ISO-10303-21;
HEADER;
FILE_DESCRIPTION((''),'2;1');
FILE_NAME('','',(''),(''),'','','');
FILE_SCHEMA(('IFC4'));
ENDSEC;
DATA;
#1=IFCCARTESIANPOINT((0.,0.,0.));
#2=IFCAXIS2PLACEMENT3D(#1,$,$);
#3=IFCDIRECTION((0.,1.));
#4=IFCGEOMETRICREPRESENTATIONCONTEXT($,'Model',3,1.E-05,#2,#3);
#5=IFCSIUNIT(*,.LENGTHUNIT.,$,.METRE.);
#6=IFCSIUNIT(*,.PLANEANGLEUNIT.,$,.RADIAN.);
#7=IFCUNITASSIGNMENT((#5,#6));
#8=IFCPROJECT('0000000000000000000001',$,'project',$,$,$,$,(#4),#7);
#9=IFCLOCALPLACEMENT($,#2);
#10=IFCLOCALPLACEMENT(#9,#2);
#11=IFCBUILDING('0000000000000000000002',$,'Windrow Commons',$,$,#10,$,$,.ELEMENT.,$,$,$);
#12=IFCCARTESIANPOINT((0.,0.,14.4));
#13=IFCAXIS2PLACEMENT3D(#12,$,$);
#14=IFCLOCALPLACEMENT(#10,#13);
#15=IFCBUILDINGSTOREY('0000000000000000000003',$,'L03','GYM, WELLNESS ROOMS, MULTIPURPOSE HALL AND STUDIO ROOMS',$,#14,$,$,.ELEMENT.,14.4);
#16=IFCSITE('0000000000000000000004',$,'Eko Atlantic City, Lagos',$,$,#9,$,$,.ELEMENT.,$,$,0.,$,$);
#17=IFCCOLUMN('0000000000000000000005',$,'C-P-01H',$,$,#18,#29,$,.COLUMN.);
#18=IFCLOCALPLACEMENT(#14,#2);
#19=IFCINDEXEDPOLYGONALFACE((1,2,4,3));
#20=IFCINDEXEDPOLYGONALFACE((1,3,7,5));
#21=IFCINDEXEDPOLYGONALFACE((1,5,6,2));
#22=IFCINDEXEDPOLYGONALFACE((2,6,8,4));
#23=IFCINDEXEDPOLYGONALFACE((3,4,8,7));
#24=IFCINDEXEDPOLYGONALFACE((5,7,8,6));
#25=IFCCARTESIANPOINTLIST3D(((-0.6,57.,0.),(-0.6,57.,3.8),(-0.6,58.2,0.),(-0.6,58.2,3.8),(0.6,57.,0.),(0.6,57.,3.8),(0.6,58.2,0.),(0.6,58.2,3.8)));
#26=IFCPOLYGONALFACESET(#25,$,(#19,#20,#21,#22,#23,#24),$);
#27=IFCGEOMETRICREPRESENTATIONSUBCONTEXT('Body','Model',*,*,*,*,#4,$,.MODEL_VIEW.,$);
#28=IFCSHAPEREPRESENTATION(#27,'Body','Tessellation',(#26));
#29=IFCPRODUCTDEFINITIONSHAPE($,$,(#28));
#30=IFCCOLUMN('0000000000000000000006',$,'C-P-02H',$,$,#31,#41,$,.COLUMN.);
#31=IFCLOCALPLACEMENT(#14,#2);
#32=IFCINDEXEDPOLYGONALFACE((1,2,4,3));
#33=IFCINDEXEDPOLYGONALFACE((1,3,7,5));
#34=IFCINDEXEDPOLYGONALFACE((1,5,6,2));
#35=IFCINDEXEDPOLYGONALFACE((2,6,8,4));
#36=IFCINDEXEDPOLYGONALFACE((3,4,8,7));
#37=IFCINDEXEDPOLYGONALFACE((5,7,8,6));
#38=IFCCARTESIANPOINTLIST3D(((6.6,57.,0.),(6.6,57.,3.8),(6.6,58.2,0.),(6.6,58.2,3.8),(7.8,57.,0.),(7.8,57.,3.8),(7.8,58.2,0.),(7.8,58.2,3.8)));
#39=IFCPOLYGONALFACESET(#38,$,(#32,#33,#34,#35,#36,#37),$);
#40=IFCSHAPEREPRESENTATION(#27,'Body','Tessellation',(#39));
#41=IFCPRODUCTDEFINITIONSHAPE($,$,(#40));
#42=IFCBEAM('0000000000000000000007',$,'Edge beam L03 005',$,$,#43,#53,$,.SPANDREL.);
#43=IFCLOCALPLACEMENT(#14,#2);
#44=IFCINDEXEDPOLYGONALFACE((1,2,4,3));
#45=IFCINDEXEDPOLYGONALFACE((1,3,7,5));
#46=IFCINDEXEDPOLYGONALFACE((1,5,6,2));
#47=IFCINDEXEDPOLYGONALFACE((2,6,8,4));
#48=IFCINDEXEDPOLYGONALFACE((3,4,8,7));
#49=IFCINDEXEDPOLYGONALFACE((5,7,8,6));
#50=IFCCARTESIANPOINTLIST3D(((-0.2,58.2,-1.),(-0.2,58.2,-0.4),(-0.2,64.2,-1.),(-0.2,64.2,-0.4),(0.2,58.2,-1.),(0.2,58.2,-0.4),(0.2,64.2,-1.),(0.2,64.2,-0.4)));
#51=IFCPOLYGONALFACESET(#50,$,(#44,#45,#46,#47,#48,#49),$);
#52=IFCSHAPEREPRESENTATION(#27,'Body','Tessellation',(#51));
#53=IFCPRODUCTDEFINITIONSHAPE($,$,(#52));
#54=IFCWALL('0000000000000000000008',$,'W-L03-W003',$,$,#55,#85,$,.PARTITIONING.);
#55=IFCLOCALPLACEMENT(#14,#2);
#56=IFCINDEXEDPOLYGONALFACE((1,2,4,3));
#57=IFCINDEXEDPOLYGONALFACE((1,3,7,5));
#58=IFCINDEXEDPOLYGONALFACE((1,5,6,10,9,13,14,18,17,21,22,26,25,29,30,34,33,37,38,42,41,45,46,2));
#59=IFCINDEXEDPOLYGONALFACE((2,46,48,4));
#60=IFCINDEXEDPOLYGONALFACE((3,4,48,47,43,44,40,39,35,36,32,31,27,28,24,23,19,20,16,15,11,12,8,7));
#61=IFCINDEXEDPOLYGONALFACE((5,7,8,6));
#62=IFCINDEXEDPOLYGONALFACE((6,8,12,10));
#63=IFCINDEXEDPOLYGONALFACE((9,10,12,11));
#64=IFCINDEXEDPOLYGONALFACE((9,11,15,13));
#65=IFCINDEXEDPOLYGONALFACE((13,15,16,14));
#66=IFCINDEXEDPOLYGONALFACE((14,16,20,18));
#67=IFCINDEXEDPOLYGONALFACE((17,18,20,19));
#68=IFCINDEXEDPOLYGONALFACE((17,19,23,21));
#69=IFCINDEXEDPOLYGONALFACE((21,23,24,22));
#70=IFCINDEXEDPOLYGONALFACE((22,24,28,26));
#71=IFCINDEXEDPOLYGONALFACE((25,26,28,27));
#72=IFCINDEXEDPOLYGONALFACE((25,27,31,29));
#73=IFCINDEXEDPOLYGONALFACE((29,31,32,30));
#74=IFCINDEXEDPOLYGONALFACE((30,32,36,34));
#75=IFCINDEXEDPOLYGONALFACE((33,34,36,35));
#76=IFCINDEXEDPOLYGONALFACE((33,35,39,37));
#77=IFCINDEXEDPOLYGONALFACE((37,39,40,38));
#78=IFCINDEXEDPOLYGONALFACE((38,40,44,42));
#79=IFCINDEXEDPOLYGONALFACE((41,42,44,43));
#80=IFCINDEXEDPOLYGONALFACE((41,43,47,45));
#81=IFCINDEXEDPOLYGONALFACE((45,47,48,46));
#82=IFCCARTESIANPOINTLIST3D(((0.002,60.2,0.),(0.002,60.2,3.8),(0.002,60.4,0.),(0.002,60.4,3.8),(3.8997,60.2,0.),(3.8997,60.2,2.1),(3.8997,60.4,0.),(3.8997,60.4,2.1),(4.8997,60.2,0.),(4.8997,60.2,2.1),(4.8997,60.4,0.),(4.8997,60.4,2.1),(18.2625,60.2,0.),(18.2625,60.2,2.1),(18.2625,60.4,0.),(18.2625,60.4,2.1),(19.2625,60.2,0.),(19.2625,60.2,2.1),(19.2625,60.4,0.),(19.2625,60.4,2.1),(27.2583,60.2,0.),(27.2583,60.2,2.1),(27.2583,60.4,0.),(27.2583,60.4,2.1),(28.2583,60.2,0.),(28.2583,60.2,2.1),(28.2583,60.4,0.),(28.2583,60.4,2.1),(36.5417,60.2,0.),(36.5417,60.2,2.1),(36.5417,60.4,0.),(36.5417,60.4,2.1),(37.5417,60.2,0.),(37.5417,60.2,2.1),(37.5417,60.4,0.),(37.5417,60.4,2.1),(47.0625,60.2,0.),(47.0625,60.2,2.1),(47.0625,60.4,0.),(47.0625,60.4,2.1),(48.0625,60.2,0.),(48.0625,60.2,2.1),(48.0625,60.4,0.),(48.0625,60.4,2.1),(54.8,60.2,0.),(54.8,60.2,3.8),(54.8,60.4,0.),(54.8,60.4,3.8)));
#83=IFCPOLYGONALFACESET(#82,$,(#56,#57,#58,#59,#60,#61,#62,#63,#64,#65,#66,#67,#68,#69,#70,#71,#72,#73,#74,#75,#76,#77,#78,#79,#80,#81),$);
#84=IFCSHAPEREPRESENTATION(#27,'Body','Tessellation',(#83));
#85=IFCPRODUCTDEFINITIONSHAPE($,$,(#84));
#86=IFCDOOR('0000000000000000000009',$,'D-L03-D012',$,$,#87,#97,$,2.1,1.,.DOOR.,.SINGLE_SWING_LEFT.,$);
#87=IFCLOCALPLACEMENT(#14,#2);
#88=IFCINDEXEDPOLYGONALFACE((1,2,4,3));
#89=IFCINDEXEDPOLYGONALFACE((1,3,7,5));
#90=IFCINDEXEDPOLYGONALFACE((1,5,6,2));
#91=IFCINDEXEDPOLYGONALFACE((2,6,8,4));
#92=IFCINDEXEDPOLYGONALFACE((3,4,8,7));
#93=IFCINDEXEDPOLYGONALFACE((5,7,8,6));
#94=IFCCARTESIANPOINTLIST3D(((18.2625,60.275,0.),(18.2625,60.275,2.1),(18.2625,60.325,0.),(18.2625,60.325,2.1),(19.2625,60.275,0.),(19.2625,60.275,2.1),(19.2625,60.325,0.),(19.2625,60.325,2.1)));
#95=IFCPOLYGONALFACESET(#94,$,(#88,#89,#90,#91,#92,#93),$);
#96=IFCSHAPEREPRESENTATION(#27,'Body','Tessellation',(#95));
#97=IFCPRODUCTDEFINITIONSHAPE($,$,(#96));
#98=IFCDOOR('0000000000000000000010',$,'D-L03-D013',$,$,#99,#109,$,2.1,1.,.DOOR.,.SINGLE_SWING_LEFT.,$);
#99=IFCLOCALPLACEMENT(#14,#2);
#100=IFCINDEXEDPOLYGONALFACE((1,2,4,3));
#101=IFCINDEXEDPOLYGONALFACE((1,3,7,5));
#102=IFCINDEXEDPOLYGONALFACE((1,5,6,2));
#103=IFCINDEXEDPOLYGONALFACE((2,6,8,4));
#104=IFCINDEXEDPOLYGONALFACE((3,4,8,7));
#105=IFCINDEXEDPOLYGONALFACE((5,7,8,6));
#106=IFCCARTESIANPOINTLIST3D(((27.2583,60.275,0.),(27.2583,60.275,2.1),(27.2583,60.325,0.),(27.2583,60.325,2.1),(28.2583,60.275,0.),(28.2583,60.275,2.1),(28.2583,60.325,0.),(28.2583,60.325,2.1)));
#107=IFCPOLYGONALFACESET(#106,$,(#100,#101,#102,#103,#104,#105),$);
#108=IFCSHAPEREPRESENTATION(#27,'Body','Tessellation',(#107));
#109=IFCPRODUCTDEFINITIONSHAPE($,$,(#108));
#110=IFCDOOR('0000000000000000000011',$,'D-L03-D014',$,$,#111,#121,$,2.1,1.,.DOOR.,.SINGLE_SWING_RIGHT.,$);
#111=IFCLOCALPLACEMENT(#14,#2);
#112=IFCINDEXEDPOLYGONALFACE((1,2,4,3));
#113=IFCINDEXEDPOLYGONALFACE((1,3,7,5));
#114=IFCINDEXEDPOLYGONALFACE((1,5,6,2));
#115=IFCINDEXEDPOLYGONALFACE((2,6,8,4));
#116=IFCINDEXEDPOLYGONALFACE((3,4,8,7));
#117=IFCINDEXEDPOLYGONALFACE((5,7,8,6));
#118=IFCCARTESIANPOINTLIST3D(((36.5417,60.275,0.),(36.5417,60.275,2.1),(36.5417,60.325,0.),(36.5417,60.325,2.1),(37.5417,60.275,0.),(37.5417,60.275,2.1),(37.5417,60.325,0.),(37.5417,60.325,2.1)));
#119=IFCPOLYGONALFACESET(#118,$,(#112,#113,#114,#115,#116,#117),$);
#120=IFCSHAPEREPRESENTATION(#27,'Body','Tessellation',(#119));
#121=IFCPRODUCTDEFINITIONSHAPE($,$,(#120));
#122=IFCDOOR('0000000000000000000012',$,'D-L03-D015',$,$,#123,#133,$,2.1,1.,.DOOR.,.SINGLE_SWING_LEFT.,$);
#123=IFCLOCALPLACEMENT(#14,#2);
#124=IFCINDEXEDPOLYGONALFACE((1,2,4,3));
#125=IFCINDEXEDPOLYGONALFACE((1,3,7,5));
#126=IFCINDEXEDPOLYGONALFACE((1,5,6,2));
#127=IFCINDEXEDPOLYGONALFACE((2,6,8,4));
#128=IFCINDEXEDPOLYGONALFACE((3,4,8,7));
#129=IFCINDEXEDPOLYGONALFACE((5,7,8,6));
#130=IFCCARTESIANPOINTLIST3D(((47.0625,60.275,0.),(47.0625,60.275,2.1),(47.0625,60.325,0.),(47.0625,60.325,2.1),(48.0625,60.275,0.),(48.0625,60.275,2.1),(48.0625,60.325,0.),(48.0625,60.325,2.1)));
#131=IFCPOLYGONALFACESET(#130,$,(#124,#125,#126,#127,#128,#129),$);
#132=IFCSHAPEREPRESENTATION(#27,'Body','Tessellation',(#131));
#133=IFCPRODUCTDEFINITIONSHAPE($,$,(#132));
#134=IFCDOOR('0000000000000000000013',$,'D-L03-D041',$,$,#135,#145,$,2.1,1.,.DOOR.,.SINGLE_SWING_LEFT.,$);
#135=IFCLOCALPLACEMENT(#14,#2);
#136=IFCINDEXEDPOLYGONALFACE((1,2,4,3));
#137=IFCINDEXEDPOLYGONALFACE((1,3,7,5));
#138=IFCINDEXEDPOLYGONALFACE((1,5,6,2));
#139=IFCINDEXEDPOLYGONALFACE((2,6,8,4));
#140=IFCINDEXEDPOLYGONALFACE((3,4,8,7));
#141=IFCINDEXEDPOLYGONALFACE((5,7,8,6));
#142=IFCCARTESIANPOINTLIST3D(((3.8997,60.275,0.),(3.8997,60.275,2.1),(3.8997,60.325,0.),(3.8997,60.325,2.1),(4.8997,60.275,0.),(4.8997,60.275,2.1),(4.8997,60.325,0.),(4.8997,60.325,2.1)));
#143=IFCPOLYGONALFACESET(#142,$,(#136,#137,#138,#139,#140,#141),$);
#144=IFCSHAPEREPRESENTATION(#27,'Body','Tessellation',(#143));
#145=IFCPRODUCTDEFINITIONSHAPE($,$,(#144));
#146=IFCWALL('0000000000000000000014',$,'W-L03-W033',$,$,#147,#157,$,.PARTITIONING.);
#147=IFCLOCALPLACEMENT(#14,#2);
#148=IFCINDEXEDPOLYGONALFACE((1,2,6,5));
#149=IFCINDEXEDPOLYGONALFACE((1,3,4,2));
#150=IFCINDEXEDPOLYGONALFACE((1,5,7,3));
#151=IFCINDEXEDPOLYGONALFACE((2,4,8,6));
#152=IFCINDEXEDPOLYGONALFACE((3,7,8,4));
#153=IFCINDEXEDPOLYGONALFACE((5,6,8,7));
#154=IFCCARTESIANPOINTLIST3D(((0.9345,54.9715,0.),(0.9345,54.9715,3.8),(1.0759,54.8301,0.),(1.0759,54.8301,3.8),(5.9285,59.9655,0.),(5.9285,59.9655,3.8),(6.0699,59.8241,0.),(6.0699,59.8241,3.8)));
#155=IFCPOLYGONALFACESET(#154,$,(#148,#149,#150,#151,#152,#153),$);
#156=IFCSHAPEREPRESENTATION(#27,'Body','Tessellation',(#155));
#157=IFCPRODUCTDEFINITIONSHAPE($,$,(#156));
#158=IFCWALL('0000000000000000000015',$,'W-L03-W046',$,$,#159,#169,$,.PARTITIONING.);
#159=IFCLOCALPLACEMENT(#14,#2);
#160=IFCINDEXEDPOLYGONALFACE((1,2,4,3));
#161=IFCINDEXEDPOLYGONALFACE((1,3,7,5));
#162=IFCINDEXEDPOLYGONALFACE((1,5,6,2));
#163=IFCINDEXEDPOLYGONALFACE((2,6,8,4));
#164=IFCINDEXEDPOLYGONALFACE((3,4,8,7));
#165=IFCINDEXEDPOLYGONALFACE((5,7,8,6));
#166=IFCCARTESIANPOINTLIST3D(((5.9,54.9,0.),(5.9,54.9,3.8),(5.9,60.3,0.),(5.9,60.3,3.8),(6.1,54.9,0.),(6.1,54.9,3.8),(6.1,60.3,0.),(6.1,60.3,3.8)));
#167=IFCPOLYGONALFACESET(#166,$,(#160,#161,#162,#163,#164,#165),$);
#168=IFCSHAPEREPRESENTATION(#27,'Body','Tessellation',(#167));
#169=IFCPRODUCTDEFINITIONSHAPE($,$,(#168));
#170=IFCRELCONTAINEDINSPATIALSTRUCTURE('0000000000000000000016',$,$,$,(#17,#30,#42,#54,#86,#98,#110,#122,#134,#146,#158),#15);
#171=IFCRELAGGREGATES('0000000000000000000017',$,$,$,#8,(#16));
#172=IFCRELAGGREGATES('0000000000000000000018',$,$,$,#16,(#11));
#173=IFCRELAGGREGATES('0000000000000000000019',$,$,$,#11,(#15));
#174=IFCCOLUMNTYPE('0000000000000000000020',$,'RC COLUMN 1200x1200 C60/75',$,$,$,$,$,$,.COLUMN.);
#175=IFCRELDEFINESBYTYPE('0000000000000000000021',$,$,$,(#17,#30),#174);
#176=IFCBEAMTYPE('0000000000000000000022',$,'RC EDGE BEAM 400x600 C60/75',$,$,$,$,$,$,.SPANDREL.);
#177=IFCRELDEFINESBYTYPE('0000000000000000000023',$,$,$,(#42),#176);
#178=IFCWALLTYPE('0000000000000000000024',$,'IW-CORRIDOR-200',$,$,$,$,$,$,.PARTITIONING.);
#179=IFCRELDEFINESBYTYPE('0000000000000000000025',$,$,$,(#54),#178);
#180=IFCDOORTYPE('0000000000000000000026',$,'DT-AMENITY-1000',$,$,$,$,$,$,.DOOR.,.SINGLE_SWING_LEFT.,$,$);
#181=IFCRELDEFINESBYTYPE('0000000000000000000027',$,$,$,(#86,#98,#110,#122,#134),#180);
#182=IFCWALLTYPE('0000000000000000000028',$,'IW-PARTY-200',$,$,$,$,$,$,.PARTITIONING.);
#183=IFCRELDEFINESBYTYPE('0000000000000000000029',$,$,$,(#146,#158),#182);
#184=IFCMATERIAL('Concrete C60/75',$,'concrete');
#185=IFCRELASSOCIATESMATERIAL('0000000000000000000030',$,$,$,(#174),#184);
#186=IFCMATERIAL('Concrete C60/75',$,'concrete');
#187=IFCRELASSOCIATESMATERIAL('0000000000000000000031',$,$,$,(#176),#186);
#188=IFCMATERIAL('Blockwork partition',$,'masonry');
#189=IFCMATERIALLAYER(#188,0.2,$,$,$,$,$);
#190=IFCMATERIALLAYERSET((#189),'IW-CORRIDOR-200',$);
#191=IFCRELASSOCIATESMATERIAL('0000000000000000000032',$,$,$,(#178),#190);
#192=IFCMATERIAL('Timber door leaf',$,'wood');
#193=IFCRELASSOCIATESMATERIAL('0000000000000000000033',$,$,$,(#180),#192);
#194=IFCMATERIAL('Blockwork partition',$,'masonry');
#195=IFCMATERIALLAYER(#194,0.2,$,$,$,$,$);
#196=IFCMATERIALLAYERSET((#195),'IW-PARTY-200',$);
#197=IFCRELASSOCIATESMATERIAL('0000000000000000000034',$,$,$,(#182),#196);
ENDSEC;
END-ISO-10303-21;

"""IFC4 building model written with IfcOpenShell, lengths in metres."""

from ifc_helpers import new_model, si_unit, direction, frame, frame_2d, origin, origin_2d, place, context, subcontext, project, spatial, rectangle, extrude, material, layer, layer_set, material_profile, profile_set, type_object, element, fill, save


model = new_model("IFC4")

# Units and contexts
model_context = context("Model", 3, precision=1e-05, world=origin(), true_north=direction((0.0, 1.0)))
body_context = subcontext(model_context, "Body", "Model", "MODEL_VIEW")
ifc_project = project(units=[si_unit("LENGTHUNIT", "METRE"), si_unit("PLANEANGLEUNIT", "RADIAN")], contexts=[model_context])

# Site, building, storey
site_placement = place(None, origin())
site = spatial("IfcSite", under=ifc_project, at=site_placement, Name="Eko Atlantic City, Lagos", CompositionType="ELEMENT", RefElevation=0.0)
building_placement = place(site_placement, origin())
building = spatial("IfcBuilding", under=site, at=building_placement, Name="Windrow Commons", CompositionType="ELEMENT")
storey_placement = place(building_placement, frame((0.0, 0.0, 14.4)))
storey = spatial("IfcBuildingStorey", under=building, at=storey_placement, Name="L03", Description="GYM, WELLNESS ROOMS, MULTIPURPOSE HALL AND STUDIO ROOMS", CompositionType="ELEMENT", Elevation=14.4)

# Columns
ifc_material_1 = material(Name="Concrete C60/75", Category="concrete")
ifc_material_profile_1 = material_profile(ifc_material_1, rectangle(XDim=1.2, YDim=1.2, at=origin_2d()))
ifc_profile_set_1 = profile_set([ifc_material_profile_1], Name="Concrete C60/75")
column_type = type_object("IfcColumnType", Name="RC COLUMN 1200x1200 C60/75", PredefinedType="COLUMN", material=ifc_profile_set_1)
for number, where, z_axis, x_axis, name in (
    (1, (0.0, 57.6, 0.0), (0.0, 0.0, 1.0), (1.0, 0.0, 0.0), "C-P-01H"),
    (2, (7.2, 57.6, 0.0), (0.0, 0.0, 1.0), (1.0, 0.0, 0.0), "C-P-02H"),
):
    element("IfcColumn", number, at=place(storey_placement, frame(where, z_axis=z_axis, x_axis=x_axis)), inside=storey, type_object=column_type, Name=name, PredefinedType="COLUMN", context=body_context, shape_type="SweptSolid", body=[
        extrude(rectangle(XDim=1.2, YDim=1.2, at=origin_2d()), origin(), (0.0, 0.0, 1.0), 3.8),
    ])

# Beam
ifc_material_2 = material(Name="Concrete C60/75", Category="concrete")
ifc_material_profile_2 = material_profile(ifc_material_2, rectangle(XDim=0.4, YDim=0.6, at=origin_2d()))
ifc_profile_set_2 = profile_set([ifc_material_profile_2], Name="Concrete C60/75")
beam_type = type_object("IfcBeamType", Name="RC EDGE BEAM 400x600 C60/75", PredefinedType="SPANDREL", material=ifc_profile_set_2)
beam_placement = place(storey_placement, frame((0.0, 58.2, -0.7), z_axis=(0.0, 1.0, 0.0), x_axis=(-1.0, 0.0, 0.0)))
element("IfcBeam", 3, at=beam_placement, inside=storey, type_object=beam_type, Name="Edge beam L03 005", PredefinedType="SPANDREL", context=body_context, shape_type="SweptSolid", body=[
    extrude(rectangle(XDim=0.4, YDim=0.6, at=origin_2d()), origin(), (0.0, 0.0, 1.0), 6.0),
])

# Wall, openings, doors
ifc_material_3 = material(Name="Blockwork partition", Category="masonry")
ifc_layer_1 = layer(ifc_material_3, 0.2)
ifc_layer_set_1 = layer_set([ifc_layer_1], Name="IW-CORRIDOR-200")
wall_type_1 = type_object("IfcWallType", Name="IW-CORRIDOR-200", PredefinedType="PARTITIONING", material=ifc_layer_set_1)
wall_1_placement = place(storey_placement, frame((0.002, 60.3, 0.0), z_axis=(0.0, 0.0, 1.0), x_axis=(1.0, 0.0, 0.0)))
wall_1 = element("IfcWall", 4, at=wall_1_placement, inside=storey, type_object=wall_type_1, Name="W-L03-W003", PredefinedType="PARTITIONING", context=body_context, shape_type="SweptSolid", body=[
    extrude(rectangle(XDim=54.798, YDim=0.2, at=frame_2d((27.399, 0.0))), origin(), (0.0, 0.0, 1.0), 3.8),
])
opening_1_placement = place(wall_1_placement, frame((18.2605, 0.0, 0.0)))
opening_1 = element("IfcOpeningElement", 5, at=opening_1_placement, cuts=wall_1, PredefinedType="OPENING", context=body_context, shape_type="SweptSolid", body=[
    extrude(rectangle(XDim=1.0, YDim=2.1, at=frame_2d((0.5, 1.05))), frame((0.0, 0.11, 0.0), z_axis=(0.0, -1.0, 0.0), x_axis=(1.0, 0.0, 0.0)), (0.0, 0.0, 1.0), 0.22),
])
opening_2_placement = place(wall_1_placement, frame((27.2563, 0.0, 0.0)))
opening_2 = element("IfcOpeningElement", 6, at=opening_2_placement, cuts=wall_1, PredefinedType="OPENING", context=body_context, shape_type="SweptSolid", body=[
    extrude(rectangle(XDim=1.0, YDim=2.1, at=frame_2d((0.5, 1.05))), frame((0.0, 0.11, 0.0), z_axis=(0.0, -1.0, 0.0), x_axis=(1.0, 0.0, 0.0)), (0.0, 0.0, 1.0), 0.22),
])
opening_3_placement = place(wall_1_placement, frame((36.5397, 0.0, 0.0)))
opening_3 = element("IfcOpeningElement", 7, at=opening_3_placement, cuts=wall_1, PredefinedType="OPENING", context=body_context, shape_type="SweptSolid", body=[
    extrude(rectangle(XDim=1.0, YDim=2.1, at=frame_2d((0.5, 1.05))), frame((0.0, 0.11, 0.0), z_axis=(0.0, -1.0, 0.0), x_axis=(1.0, 0.0, 0.0)), (0.0, 0.0, 1.0), 0.22),
])
opening_4_placement = place(wall_1_placement, frame((47.0605, 0.0, 0.0)))
opening_4 = element("IfcOpeningElement", 8, at=opening_4_placement, cuts=wall_1, PredefinedType="OPENING", context=body_context, shape_type="SweptSolid", body=[
    extrude(rectangle(XDim=1.0, YDim=2.1, at=frame_2d((0.5, 1.05))), frame((0.0, 0.11, 0.0), z_axis=(0.0, -1.0, 0.0), x_axis=(1.0, 0.0, 0.0)), (0.0, 0.0, 1.0), 0.22),
])
opening_5_placement = place(wall_1_placement, frame((3.8977, 0.0, 0.0)))
opening_5 = element("IfcOpeningElement", 9, at=opening_5_placement, cuts=wall_1, PredefinedType="OPENING", context=body_context, shape_type="SweptSolid", body=[
    extrude(rectangle(XDim=1.0, YDim=2.1, at=frame_2d((0.5, 1.05))), frame((0.0, 0.11, 0.0), z_axis=(0.0, -1.0, 0.0), x_axis=(1.0, 0.0, 0.0)), (0.0, 0.0, 1.0), 0.22),
])
ifc_material_4 = material(Name="Timber door leaf", Category="wood")
door_type = type_object("IfcDoorType", Name="DT-AMENITY-1000", OperationType="SINGLE_SWING_LEFT", PredefinedType="DOOR", material=ifc_material_4)
door_1_placement = place(opening_1_placement, origin())
door_1 = element("IfcDoor", 10, at=door_1_placement, inside=storey, type_object=door_type, Name="D-L03-D012", OperationType="SINGLE_SWING_LEFT", OverallHeight=2.1, OverallWidth=1.0, PredefinedType="DOOR", context=body_context, shape_type="SweptSolid", body=[
    extrude(rectangle(XDim=1.0, YDim=2.1, at=frame_2d((0.5, 1.05))), frame((0.0, 0.025, 0.0), z_axis=(0.0, -1.0, 0.0), x_axis=(1.0, 0.0, 0.0)), (0.0, 0.0, 1.0), 0.05),
])
fill(opening_1, door_1)
door_2_placement = place(opening_2_placement, origin())
door_2 = element("IfcDoor", 11, at=door_2_placement, inside=storey, type_object=door_type, Name="D-L03-D013", OperationType="SINGLE_SWING_LEFT", OverallHeight=2.1, OverallWidth=1.0, PredefinedType="DOOR", context=body_context, shape_type="SweptSolid", body=[
    extrude(rectangle(XDim=1.0, YDim=2.1, at=frame_2d((0.5, 1.05))), frame((0.0, 0.025, 0.0), z_axis=(0.0, -1.0, 0.0), x_axis=(1.0, 0.0, 0.0)), (0.0, 0.0, 1.0), 0.05),
])
fill(opening_2, door_2)
door_3_placement = place(opening_3_placement, origin())
door_3 = element("IfcDoor", 12, at=door_3_placement, inside=storey, type_object=door_type, Name="D-L03-D014", OperationType="SINGLE_SWING_RIGHT", OverallHeight=2.1, OverallWidth=1.0, PredefinedType="DOOR", context=body_context, shape_type="SweptSolid", body=[
    extrude(rectangle(XDim=1.0, YDim=2.1, at=frame_2d((0.5, 1.05))), frame((0.0, 0.025, 0.0), z_axis=(0.0, -1.0, 0.0), x_axis=(1.0, 0.0, 0.0)), (0.0, 0.0, 1.0), 0.05),
])
fill(opening_3, door_3)
door_4_placement = place(opening_4_placement, origin())
door_4 = element("IfcDoor", 13, at=door_4_placement, inside=storey, type_object=door_type, Name="D-L03-D015", OperationType="SINGLE_SWING_LEFT", OverallHeight=2.1, OverallWidth=1.0, PredefinedType="DOOR", context=body_context, shape_type="SweptSolid", body=[
    extrude(rectangle(XDim=1.0, YDim=2.1, at=frame_2d((0.5, 1.05))), frame((0.0, 0.025, 0.0), z_axis=(0.0, -1.0, 0.0), x_axis=(1.0, 0.0, 0.0)), (0.0, 0.0, 1.0), 0.05),
])
fill(opening_4, door_4)
door_5_placement = place(opening_5_placement, origin())
door_5 = element("IfcDoor", 14, at=door_5_placement, inside=storey, type_object=door_type, Name="D-L03-D041", OperationType="SINGLE_SWING_LEFT", OverallHeight=2.1, OverallWidth=1.0, PredefinedType="DOOR", context=body_context, shape_type="SweptSolid", body=[
    extrude(rectangle(XDim=1.0, YDim=2.1, at=frame_2d((0.5, 1.05))), frame((0.0, 0.025, 0.0), z_axis=(0.0, -1.0, 0.0), x_axis=(1.0, 0.0, 0.0)), (0.0, 0.0, 1.0), 0.05),
])
fill(opening_5, door_5)

# Walls
ifc_material_5 = material(Name="Blockwork partition", Category="masonry")
ifc_layer_2 = layer(ifc_material_5, 0.2)
ifc_layer_set_2 = layer_set([ifc_layer_2], Name="IW-PARTY-200")
wall_type_2 = type_object("IfcWallType", Name="IW-PARTY-200", PredefinedType="PARTITIONING", material=ifc_layer_set_2)
wall_2_placement = place(storey_placement, frame((1.0052, 54.9008, 0.0), z_axis=(0.0, 0.0, 1.0), x_axis=(0.707107, 0.707107, 0.0)))
element("IfcWall", 15, at=wall_2_placement, inside=storey, type_object=wall_type_2, Name="W-L03-W033", PredefinedType="PARTITIONING", context=body_context, shape_type="SweptSolid", body=[
    extrude(rectangle(XDim=7.0626, YDim=0.2, at=frame_2d((3.5313, 0.0))), origin(), (0.0, 0.0, 1.0), 3.8),
])
wall_3_placement = place(storey_placement, frame((6.0, 54.9, 0.0), z_axis=(0.0, 0.0, 1.0), x_axis=(0.0, 1.0, 0.0)))
element("IfcWall", 16, at=wall_3_placement, inside=storey, type_object=wall_type_2, Name="W-L03-W046", PredefinedType="PARTITIONING", context=body_context, shape_type="SweptSolid", body=[
    extrude(rectangle(XDim=5.4, YDim=0.2, at=frame_2d((2.7, 0.0))), origin(), (0.0, 0.0, 1.0), 3.8),
])

save(model, "model.ifc")
